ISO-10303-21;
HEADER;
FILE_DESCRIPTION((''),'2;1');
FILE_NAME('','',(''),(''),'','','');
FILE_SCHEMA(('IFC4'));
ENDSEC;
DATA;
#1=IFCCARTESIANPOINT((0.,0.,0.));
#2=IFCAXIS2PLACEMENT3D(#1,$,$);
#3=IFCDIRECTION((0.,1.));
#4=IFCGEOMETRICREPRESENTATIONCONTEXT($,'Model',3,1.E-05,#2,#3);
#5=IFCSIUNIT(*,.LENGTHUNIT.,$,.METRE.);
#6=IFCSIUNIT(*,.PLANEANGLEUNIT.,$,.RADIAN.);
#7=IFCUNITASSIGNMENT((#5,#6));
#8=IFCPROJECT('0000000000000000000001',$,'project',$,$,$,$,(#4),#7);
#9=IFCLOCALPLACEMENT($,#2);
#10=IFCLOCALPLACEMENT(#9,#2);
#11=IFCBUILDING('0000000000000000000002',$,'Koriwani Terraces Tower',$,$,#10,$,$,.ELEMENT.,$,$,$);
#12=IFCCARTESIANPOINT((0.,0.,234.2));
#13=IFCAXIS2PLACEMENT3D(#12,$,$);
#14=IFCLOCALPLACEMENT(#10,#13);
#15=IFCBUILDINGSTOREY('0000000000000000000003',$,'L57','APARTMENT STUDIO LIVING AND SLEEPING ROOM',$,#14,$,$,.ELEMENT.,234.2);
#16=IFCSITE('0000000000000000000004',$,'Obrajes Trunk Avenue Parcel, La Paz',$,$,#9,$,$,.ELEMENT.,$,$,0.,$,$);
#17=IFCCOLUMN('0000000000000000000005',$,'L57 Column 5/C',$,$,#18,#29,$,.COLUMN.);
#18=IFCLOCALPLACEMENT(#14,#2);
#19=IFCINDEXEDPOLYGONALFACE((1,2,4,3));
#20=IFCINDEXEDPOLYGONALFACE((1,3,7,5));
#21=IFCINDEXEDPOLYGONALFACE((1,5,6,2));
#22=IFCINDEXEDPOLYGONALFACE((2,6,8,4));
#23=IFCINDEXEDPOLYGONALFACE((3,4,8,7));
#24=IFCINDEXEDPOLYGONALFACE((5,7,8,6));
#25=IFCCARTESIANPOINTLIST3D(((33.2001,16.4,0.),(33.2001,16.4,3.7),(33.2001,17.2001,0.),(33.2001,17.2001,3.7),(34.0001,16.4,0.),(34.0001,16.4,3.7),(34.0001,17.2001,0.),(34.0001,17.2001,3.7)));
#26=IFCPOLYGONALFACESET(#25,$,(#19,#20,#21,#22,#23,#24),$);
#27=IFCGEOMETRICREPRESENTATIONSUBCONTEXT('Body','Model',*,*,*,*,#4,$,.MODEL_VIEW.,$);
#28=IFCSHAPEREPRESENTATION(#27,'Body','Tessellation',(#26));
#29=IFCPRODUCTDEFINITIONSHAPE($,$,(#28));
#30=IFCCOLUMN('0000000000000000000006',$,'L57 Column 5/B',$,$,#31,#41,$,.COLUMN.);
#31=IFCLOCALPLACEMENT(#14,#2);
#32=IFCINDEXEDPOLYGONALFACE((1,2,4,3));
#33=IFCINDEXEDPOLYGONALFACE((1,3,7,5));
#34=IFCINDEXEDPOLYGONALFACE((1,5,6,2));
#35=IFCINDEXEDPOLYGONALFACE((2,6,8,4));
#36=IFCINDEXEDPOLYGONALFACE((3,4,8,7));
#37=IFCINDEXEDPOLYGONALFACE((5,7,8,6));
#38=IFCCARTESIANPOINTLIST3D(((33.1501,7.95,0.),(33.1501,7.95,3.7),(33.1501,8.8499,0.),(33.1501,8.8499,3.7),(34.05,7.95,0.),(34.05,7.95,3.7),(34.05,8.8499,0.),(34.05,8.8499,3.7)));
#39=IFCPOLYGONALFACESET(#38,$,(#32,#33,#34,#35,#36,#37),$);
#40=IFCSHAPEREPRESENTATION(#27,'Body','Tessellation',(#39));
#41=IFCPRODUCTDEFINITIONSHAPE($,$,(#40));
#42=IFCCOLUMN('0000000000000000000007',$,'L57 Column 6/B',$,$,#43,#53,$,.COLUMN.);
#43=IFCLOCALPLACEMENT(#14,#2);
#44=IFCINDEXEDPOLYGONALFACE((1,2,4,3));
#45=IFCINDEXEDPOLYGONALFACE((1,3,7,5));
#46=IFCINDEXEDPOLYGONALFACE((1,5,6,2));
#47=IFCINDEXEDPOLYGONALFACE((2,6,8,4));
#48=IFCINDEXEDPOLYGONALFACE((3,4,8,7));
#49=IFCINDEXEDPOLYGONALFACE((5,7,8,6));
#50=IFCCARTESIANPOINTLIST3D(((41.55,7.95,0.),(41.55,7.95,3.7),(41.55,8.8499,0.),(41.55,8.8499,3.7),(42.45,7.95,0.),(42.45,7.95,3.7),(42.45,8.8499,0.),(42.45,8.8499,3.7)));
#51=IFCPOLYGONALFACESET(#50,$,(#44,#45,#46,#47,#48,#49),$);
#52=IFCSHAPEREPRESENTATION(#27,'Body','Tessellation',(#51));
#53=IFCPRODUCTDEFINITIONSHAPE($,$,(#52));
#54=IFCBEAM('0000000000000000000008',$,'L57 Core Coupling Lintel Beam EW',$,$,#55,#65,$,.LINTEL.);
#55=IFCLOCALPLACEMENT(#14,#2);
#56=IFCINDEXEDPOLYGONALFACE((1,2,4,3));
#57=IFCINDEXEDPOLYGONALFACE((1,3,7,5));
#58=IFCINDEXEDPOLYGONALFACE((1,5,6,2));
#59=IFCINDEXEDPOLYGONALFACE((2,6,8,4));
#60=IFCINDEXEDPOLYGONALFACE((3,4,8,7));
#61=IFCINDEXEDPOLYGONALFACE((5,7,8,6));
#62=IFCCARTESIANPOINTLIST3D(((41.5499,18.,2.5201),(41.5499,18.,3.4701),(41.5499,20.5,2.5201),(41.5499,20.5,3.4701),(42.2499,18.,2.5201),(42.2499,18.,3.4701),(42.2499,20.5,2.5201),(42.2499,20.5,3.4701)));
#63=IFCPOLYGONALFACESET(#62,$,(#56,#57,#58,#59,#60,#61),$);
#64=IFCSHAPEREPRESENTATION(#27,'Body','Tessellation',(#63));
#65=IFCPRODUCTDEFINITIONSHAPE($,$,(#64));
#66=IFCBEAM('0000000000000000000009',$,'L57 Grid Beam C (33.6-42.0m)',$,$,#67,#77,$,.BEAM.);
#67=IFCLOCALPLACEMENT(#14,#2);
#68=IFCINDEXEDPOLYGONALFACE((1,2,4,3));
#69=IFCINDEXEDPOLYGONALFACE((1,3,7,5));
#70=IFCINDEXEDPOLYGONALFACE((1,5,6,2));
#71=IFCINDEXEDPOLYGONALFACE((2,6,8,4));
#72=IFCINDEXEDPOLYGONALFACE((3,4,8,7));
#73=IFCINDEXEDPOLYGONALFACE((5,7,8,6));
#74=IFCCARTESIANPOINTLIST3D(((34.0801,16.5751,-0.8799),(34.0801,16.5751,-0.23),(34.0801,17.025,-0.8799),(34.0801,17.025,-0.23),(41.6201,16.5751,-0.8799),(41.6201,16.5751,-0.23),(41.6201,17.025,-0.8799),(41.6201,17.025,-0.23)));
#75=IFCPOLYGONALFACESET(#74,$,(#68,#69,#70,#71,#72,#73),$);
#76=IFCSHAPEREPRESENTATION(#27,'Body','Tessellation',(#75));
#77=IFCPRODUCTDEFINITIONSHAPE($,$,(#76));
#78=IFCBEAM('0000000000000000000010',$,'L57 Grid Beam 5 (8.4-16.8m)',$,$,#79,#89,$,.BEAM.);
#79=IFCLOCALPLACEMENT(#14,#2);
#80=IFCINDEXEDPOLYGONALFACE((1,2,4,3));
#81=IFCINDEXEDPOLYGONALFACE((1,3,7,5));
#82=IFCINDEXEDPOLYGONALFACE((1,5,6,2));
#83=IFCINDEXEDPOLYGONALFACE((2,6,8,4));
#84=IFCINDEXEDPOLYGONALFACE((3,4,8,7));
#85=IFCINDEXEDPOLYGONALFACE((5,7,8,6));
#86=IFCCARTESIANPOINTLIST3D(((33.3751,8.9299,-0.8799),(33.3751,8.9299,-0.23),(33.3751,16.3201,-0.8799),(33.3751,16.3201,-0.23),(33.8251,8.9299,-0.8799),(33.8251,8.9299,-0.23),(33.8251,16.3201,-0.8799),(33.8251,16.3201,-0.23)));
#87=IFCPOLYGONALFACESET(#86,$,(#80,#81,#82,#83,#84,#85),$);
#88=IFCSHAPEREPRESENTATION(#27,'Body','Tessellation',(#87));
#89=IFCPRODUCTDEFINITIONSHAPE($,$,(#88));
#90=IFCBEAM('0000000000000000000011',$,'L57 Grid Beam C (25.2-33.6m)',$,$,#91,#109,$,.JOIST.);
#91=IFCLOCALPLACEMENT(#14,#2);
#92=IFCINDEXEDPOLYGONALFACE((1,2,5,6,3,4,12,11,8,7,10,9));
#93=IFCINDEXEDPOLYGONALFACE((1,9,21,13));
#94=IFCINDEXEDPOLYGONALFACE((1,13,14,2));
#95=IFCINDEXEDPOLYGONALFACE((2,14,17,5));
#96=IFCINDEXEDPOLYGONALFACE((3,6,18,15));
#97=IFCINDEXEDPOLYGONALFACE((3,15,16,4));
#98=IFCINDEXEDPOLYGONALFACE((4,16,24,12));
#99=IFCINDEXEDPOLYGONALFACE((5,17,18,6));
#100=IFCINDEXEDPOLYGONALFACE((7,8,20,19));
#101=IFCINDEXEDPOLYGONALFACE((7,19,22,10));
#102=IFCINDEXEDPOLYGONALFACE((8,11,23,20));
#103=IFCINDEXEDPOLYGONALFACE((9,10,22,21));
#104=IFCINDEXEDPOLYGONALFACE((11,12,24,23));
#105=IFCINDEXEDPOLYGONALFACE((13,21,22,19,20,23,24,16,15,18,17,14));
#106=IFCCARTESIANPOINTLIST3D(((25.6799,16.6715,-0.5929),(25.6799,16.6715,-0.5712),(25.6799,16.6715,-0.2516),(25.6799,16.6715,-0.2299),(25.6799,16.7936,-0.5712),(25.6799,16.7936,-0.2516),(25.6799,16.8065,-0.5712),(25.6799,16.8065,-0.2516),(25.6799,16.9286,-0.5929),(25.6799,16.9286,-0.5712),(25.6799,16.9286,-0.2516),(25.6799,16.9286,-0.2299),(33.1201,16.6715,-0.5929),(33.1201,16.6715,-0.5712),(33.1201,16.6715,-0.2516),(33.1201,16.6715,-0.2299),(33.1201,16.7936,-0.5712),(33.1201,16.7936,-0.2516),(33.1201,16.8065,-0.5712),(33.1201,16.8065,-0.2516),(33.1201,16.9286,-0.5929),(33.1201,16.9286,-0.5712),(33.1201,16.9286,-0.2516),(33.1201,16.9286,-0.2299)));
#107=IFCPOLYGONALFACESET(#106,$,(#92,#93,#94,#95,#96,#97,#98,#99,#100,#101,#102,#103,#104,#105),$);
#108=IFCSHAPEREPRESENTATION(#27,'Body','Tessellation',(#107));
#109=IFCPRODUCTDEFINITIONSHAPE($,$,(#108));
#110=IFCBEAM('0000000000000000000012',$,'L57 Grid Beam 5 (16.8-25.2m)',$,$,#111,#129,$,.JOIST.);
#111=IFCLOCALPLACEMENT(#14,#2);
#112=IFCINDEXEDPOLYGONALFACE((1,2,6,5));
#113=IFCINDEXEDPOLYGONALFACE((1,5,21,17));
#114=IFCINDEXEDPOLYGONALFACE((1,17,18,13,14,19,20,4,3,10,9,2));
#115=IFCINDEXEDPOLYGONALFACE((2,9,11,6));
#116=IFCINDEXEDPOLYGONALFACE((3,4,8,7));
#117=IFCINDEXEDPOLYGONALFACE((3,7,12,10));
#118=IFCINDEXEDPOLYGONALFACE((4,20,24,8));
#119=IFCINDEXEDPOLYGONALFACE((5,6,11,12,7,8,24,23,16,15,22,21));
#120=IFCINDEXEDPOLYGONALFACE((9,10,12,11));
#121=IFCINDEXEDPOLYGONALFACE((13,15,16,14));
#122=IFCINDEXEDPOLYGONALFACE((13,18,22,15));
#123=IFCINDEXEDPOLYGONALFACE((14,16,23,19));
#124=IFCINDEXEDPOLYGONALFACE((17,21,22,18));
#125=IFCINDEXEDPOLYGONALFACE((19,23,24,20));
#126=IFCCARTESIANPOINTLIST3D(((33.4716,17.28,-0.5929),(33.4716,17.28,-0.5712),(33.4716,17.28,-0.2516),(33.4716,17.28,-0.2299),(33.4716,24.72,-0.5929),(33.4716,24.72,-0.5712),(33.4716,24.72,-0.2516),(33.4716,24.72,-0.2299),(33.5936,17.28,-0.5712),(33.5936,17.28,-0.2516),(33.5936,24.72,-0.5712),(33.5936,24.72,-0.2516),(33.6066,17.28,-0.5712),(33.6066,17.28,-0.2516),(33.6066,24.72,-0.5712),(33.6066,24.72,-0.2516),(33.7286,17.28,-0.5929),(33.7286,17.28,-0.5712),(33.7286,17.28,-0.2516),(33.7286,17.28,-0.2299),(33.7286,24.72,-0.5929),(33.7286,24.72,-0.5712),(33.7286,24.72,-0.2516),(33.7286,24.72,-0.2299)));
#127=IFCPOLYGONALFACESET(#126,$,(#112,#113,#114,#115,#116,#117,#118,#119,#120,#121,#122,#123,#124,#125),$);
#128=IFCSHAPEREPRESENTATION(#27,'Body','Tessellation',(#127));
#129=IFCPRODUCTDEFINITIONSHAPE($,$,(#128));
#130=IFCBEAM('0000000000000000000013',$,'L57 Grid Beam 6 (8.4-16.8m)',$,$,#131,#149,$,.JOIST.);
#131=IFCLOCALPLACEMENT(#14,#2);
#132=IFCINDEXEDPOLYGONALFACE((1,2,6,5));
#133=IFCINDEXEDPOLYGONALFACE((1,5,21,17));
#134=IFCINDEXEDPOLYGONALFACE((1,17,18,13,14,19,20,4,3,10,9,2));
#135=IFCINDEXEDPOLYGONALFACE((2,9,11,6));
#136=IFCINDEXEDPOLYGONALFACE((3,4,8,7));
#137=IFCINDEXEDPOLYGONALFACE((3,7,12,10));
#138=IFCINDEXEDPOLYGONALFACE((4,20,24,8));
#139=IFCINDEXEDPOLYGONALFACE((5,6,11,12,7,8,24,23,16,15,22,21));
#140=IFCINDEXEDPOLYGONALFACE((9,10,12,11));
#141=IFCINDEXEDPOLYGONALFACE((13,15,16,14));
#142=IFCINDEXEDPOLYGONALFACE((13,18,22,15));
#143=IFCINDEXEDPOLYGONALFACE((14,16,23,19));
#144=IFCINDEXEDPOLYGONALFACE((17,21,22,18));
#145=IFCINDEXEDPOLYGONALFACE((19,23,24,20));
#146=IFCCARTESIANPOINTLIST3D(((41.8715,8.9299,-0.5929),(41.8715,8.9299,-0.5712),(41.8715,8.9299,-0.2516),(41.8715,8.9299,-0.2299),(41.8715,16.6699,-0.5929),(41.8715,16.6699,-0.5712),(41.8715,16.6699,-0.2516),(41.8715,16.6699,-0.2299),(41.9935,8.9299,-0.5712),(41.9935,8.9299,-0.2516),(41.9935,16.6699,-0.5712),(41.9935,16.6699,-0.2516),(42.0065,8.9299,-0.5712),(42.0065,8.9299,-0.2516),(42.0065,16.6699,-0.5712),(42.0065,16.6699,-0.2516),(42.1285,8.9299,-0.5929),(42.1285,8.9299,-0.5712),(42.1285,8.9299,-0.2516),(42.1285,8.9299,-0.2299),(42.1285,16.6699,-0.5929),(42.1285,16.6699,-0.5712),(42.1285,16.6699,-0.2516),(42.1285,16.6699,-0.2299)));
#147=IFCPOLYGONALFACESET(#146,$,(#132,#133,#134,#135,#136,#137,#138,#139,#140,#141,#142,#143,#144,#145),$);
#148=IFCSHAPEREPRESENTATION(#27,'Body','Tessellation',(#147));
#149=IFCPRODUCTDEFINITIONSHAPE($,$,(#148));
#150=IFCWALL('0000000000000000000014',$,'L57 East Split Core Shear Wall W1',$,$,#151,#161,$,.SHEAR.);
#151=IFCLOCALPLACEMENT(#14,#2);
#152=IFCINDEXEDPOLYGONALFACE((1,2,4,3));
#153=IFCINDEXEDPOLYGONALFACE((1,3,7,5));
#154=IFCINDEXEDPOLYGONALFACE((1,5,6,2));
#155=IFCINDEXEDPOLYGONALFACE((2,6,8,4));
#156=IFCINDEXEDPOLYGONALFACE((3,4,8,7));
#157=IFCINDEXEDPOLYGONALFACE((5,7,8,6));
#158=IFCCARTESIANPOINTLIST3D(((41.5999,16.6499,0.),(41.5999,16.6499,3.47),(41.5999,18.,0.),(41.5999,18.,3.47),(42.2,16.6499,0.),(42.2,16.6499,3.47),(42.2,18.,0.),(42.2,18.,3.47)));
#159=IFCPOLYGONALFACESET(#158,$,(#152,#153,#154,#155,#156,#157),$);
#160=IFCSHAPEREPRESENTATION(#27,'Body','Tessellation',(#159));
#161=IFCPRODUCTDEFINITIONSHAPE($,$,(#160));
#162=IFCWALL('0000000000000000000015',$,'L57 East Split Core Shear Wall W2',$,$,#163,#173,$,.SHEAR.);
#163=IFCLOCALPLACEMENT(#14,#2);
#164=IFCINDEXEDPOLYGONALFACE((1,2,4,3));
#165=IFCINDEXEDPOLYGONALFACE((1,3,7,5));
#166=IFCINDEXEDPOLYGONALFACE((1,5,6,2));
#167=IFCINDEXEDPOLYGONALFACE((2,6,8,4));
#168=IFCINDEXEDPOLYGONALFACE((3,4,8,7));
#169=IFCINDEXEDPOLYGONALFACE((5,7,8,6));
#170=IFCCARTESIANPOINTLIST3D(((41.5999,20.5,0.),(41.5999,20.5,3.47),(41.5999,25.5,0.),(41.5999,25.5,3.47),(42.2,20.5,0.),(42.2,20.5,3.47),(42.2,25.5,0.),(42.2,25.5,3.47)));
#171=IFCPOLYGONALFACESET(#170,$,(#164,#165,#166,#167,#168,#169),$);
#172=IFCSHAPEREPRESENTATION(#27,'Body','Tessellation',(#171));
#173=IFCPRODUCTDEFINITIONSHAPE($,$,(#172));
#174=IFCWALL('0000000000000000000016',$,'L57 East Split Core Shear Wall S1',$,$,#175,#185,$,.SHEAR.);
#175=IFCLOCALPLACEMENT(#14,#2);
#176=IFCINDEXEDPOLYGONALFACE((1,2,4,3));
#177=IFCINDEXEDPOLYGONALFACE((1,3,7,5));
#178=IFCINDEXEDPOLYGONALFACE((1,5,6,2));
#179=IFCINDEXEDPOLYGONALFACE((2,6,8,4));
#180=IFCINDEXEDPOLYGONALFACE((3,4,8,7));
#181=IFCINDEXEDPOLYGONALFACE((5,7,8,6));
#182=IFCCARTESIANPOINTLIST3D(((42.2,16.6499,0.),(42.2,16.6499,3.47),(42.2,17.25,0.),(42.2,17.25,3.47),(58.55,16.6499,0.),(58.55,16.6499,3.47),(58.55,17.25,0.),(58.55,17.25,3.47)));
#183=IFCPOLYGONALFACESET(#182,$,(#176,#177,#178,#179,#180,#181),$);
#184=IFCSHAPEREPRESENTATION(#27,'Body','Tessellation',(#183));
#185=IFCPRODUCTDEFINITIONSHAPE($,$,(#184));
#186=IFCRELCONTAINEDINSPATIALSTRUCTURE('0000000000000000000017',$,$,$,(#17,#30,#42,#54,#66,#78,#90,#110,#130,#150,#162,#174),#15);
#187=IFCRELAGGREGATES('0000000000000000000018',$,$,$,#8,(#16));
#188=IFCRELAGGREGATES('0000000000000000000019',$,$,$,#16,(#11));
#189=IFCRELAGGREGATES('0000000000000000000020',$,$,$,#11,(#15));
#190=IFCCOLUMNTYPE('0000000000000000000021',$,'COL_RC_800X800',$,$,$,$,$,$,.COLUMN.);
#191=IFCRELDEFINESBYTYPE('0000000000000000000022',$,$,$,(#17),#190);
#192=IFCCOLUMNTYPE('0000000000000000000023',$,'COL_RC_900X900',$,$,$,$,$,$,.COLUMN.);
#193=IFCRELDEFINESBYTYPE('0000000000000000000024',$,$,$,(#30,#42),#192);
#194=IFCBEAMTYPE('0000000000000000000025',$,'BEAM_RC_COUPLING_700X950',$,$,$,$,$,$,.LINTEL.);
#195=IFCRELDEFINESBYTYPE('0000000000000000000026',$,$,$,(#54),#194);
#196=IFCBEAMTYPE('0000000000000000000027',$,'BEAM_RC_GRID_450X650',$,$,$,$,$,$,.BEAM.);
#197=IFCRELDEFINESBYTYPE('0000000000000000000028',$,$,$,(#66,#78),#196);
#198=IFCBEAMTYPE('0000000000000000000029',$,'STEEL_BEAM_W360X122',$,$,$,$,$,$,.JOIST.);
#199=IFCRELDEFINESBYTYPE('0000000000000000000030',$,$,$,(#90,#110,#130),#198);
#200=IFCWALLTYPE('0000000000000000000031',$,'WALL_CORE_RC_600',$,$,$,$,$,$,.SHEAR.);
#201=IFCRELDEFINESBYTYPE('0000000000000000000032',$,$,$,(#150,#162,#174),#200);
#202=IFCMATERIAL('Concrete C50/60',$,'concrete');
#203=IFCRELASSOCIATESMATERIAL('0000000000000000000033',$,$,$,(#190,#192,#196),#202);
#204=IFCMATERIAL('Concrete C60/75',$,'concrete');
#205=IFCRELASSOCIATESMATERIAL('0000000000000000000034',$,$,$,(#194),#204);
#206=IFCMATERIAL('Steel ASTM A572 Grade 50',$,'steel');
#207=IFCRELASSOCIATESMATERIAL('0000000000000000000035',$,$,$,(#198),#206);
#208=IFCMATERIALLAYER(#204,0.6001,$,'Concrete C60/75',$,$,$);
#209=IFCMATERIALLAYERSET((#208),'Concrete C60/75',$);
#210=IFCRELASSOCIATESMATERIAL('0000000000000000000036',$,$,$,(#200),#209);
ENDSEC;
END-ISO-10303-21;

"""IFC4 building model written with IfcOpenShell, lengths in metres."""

from ifc_helpers import new_model, si_unit, direction, frame, frame_2d, origin, origin_2d, place, context, subcontext, project, spatial, rectangle, i_section, extrude, material, layer, layer_set, material_profile, profile_set, type_object, element, save


model = new_model("IFC4")

# Units and contexts
model_context = context("Model", 3, precision=1e-05, world=origin(), true_north=direction((0.0, 1.0)))
body_context = subcontext(model_context, "Body", "Model", "MODEL_VIEW")
ifc_project = project(units=[si_unit("LENGTHUNIT", "METRE"), si_unit("PLANEANGLEUNIT", "RADIAN")], contexts=[model_context])

# Site, building, storey
site_placement = place(None, origin())
site = spatial("IfcSite", under=ifc_project, at=site_placement, Name="Obrajes Trunk Avenue Parcel, La Paz", CompositionType="ELEMENT", RefElevation=0.0)
building_placement = place(site_placement, origin())
building = spatial("IfcBuilding", under=site, at=building_placement, Name="Koriwani Terraces Tower", CompositionType="ELEMENT")
storey_placement = place(building_placement, frame((0.0, 0.0, 234.2)))
storey = spatial("IfcBuildingStorey", under=building, at=storey_placement, Name="L57", Description="APARTMENT STUDIO LIVING AND SLEEPING ROOM", CompositionType="ELEMENT", Elevation=234.2)

# Columns
ifc_material_1 = material(Name="Concrete C50/60", Category="concrete")
ifc_material_profile_1 = material_profile(ifc_material_1, rectangle(XDim=0.8, YDim=0.8, at=origin_2d()), Name="Concrete C50/60", Category="LoadBearing")
ifc_profile_set_1 = profile_set([ifc_material_profile_1], Name="Concrete C50/60")
column_type_1 = type_object("IfcColumnType", Name="COL_RC_800X800", PredefinedType="COLUMN", material=ifc_profile_set_1)
column_placement = place(storey_placement, frame((33.6001, 16.8, 0.0), z_axis=(0.0, 0.0, 1.0), x_axis=(1.0, 0.0, 0.0)))
element("IfcColumn", 1, at=column_placement, inside=storey, type_object=column_type_1, Name="L57 Column 5/C", PredefinedType="COLUMN", context=body_context, shape_type="SweptSolid", body=[
    extrude(rectangle(XDim=0.8, YDim=0.8, at=origin_2d()), origin(), (0.0, 0.0, 1.0), 3.7),
])
ifc_material_profile_2 = material_profile(ifc_material_1, rectangle(XDim=0.8999, YDim=0.8999, at=origin_2d()), Name="Concrete C50/60", Category="LoadBearing")
ifc_profile_set_2 = profile_set([ifc_material_profile_2], Name="Concrete C50/60")
column_type_2 = type_object("IfcColumnType", Name="COL_RC_900X900", PredefinedType="COLUMN", material=ifc_profile_set_2)
for number, where, z_axis, x_axis, name in (
    (2, (33.6001, 8.3999, 0.0), (0.0, 0.0, 1.0), (1.0, 0.0, 0.0), "L57 Column 5/B"),
    (3, (42.0, 8.3999, 0.0), (0.0, 0.0, 1.0), (1.0, 0.0, 0.0), "L57 Column 6/B"),
):
    element("IfcColumn", number, at=place(storey_placement, frame(where, z_axis=z_axis, x_axis=x_axis)), inside=storey, type_object=column_type_2, Name=name, PredefinedType="COLUMN", context=body_context, shape_type="SweptSolid", body=[
        extrude(rectangle(XDim=0.8999, YDim=0.8999, at=origin_2d()), origin(), (0.0, 0.0, 1.0), 3.7),
    ])

# Beams
ifc_material_2 = material(Name="Concrete C60/75", Category="concrete")
ifc_material_profile_3 = material_profile(ifc_material_2, rectangle(XDim=0.7, YDim=0.95, at=origin_2d()), Name="Concrete C60/75", Category="LoadBearing")
ifc_profile_set_3 = profile_set([ifc_material_profile_3], Name="Concrete C60/75")
beam_type_1 = type_object("IfcBeamType", Name="BEAM_RC_COUPLING_700X950", PredefinedType="LINTEL", material=ifc_profile_set_3)
beam_1_placement = place(storey_placement, frame((41.8999, 18.0, 2.9951), z_axis=(0.0, 1.0, 0.0), x_axis=(-1.0, 0.0, 0.0)))
element("IfcBeam", 4, at=beam_1_placement, inside=storey, type_object=beam_type_1, Name="L57 Core Coupling Lintel Beam EW", PredefinedType="LINTEL", context=body_context, shape_type="SweptSolid", body=[
    extrude(rectangle(XDim=0.7, YDim=0.95, at=origin_2d()), origin(), (0.0, 0.0, 1.0), 2.5),
])
ifc_material_profile_4 = material_profile(ifc_material_1, rectangle(XDim=0.45, YDim=0.6499, at=origin_2d()), Name="Concrete C50/60", Category="LoadBearing")
ifc_profile_set_4 = profile_set([ifc_material_profile_4], Name="Concrete C50/60")
beam_type_2 = type_object("IfcBeamType", Name="BEAM_RC_GRID_450X650", PredefinedType="BEAM", material=ifc_profile_set_4)
beam_2_placement = place(storey_placement, frame((34.0801, 16.8, -0.5549), z_axis=(1.0, 0.0, 0.0), x_axis=(0.0, 1.0, 0.0)))
element("IfcBeam", 5, at=beam_2_placement, inside=storey, type_object=beam_type_2, Name="L57 Grid Beam C (33.6-42.0m)", PredefinedType="BEAM", context=body_context, shape_type="SweptSolid", body=[
    extrude(rectangle(XDim=0.45, YDim=0.6499, at=origin_2d()), origin(), (0.0, 0.0, 1.0), 7.54),
])
beam_3_placement = place(storey_placement, frame((33.6001, 8.9299, -0.5549), z_axis=(0.0, 1.0, 0.0), x_axis=(-1.0, 0.0, 0.0)))
element("IfcBeam", 6, at=beam_3_placement, inside=storey, type_object=beam_type_2, Name="L57 Grid Beam 5 (8.4-16.8m)", PredefinedType="BEAM", context=body_context, shape_type="SweptSolid", body=[
    extrude(rectangle(XDim=0.45, YDim=0.6499, at=origin_2d()), origin(), (0.0, 0.0, 1.0), 7.3901),
])
ifc_material_3 = material(Name="Steel ASTM A572 Grade 50", Category="steel")
ifc_material_profile_5 = material_profile(ifc_material_3, i_section(OverallWidth=0.2571, OverallDepth=0.363, WebThickness=0.0129, FlangeThickness=0.0217, at=origin_2d()), Name="Steel ASTM A572 Grade 50", Category="LoadBearing")
ifc_profile_set_5 = profile_set([ifc_material_profile_5], Name="Steel ASTM A572 Grade 50")
beam_type_3 = type_object("IfcBeamType", Name="STEEL_BEAM_W360X122", PredefinedType="JOIST", material=ifc_profile_set_5)
beam_4_placement = place(storey_placement, frame((25.6799, 16.8, -0.4114), z_axis=(1.0, 0.0, 0.0), x_axis=(0.0, 1.0, 0.0)))
element("IfcBeam", 7, at=beam_4_placement, inside=storey, type_object=beam_type_3, Name="L57 Grid Beam C (25.2-33.6m)", PredefinedType="JOIST", context=body_context, shape_type="SweptSolid", body=[
    extrude(i_section(OverallWidth=0.2571, OverallDepth=0.363, WebThickness=0.0129, FlangeThickness=0.0217, at=origin_2d()), origin(), (0.0, 0.0, 1.0), 7.4402),
])
beam_5_placement = place(storey_placement, frame((33.6001, 17.28, -0.4114), z_axis=(0.0, 1.0, 0.0), x_axis=(-1.0, 0.0, 0.0)))
element("IfcBeam", 8, at=beam_5_placement, inside=storey, type_object=beam_type_3, Name="L57 Grid Beam 5 (16.8-25.2m)", PredefinedType="JOIST", context=body_context, shape_type="SweptSolid", body=[
    extrude(i_section(OverallWidth=0.2571, OverallDepth=0.363, WebThickness=0.0129, FlangeThickness=0.0217, at=origin_2d()), origin(), (0.0, 0.0, 1.0), 7.4399),
])
beam_6_placement = place(storey_placement, frame((42.0, 8.9299, -0.4114), z_axis=(0.0, 1.0, 0.0), x_axis=(-1.0, 0.0, 0.0)))
element("IfcBeam", 9, at=beam_6_placement, inside=storey, type_object=beam_type_3, Name="L57 Grid Beam 6 (8.4-16.8m)", PredefinedType="JOIST", context=body_context, shape_type="SweptSolid", body=[
    extrude(i_section(OverallWidth=0.2571, OverallDepth=0.363, WebThickness=0.0129, FlangeThickness=0.0217, at=origin_2d()), origin(), (0.0, 0.0, 1.0), 7.74),
])

# Walls
ifc_layer_1 = layer(ifc_material_2, 0.6001, Name="Concrete C60/75")
ifc_layer_set_1 = layer_set([ifc_layer_1], Name="Concrete C60/75")
wall_type_1 = type_object("IfcWallType", Name="WALL_CORE_RC_600", PredefinedType="SHEAR", material=ifc_layer_set_1)
wall_1_placement = place(storey_placement, frame((41.8999, 16.6499, 0.0), z_axis=(0.0, 0.0, 1.0), x_axis=(0.0, 1.0, 0.0)))
element("IfcWall", 10, at=wall_1_placement, inside=storey, type_object=wall_type_1, Name="L57 East Split Core Shear Wall W1", PredefinedType="SHEAR", context=body_context, shape_type="SweptSolid", body=[
    extrude(rectangle(XDim=1.3501, YDim=0.6001, at=frame_2d((0.675, 0.0))), origin(), (0.0, 0.0, 1.0), 3.47),
])
wall_2_placement = place(storey_placement, frame((41.8999, 20.5, 0.0), z_axis=(0.0, 0.0, 1.0), x_axis=(0.0, 1.0, 0.0)))
element("IfcWall", 11, at=wall_2_placement, inside=storey, type_object=wall_type_1, Name="L57 East Split Core Shear Wall W2", PredefinedType="SHEAR", context=body_context, shape_type="SweptSolid", body=[
    extrude(rectangle(XDim=5.0, YDim=0.6001, at=frame_2d((2.5, 0.0))), origin(), (0.0, 0.0, 1.0), 3.47),
])
wall_3_placement = place(storey_placement, frame((42.2, 16.95, 0.0), z_axis=(0.0, 0.0, 1.0), x_axis=(1.0, 0.0, 0.0)))
element("IfcWall", 12, at=wall_3_placement, inside=storey, type_object=wall_type_1, Name="L57 East Split Core Shear Wall S1", PredefinedType="SHEAR", context=body_context, shape_type="SweptSolid", body=[
    extrude(rectangle(XDim=16.3501, YDim=0.6001, at=frame_2d((8.175, 0.0))), origin(), (0.0, 0.0, 1.0), 3.47),
])

save(model, "model.ifc")
